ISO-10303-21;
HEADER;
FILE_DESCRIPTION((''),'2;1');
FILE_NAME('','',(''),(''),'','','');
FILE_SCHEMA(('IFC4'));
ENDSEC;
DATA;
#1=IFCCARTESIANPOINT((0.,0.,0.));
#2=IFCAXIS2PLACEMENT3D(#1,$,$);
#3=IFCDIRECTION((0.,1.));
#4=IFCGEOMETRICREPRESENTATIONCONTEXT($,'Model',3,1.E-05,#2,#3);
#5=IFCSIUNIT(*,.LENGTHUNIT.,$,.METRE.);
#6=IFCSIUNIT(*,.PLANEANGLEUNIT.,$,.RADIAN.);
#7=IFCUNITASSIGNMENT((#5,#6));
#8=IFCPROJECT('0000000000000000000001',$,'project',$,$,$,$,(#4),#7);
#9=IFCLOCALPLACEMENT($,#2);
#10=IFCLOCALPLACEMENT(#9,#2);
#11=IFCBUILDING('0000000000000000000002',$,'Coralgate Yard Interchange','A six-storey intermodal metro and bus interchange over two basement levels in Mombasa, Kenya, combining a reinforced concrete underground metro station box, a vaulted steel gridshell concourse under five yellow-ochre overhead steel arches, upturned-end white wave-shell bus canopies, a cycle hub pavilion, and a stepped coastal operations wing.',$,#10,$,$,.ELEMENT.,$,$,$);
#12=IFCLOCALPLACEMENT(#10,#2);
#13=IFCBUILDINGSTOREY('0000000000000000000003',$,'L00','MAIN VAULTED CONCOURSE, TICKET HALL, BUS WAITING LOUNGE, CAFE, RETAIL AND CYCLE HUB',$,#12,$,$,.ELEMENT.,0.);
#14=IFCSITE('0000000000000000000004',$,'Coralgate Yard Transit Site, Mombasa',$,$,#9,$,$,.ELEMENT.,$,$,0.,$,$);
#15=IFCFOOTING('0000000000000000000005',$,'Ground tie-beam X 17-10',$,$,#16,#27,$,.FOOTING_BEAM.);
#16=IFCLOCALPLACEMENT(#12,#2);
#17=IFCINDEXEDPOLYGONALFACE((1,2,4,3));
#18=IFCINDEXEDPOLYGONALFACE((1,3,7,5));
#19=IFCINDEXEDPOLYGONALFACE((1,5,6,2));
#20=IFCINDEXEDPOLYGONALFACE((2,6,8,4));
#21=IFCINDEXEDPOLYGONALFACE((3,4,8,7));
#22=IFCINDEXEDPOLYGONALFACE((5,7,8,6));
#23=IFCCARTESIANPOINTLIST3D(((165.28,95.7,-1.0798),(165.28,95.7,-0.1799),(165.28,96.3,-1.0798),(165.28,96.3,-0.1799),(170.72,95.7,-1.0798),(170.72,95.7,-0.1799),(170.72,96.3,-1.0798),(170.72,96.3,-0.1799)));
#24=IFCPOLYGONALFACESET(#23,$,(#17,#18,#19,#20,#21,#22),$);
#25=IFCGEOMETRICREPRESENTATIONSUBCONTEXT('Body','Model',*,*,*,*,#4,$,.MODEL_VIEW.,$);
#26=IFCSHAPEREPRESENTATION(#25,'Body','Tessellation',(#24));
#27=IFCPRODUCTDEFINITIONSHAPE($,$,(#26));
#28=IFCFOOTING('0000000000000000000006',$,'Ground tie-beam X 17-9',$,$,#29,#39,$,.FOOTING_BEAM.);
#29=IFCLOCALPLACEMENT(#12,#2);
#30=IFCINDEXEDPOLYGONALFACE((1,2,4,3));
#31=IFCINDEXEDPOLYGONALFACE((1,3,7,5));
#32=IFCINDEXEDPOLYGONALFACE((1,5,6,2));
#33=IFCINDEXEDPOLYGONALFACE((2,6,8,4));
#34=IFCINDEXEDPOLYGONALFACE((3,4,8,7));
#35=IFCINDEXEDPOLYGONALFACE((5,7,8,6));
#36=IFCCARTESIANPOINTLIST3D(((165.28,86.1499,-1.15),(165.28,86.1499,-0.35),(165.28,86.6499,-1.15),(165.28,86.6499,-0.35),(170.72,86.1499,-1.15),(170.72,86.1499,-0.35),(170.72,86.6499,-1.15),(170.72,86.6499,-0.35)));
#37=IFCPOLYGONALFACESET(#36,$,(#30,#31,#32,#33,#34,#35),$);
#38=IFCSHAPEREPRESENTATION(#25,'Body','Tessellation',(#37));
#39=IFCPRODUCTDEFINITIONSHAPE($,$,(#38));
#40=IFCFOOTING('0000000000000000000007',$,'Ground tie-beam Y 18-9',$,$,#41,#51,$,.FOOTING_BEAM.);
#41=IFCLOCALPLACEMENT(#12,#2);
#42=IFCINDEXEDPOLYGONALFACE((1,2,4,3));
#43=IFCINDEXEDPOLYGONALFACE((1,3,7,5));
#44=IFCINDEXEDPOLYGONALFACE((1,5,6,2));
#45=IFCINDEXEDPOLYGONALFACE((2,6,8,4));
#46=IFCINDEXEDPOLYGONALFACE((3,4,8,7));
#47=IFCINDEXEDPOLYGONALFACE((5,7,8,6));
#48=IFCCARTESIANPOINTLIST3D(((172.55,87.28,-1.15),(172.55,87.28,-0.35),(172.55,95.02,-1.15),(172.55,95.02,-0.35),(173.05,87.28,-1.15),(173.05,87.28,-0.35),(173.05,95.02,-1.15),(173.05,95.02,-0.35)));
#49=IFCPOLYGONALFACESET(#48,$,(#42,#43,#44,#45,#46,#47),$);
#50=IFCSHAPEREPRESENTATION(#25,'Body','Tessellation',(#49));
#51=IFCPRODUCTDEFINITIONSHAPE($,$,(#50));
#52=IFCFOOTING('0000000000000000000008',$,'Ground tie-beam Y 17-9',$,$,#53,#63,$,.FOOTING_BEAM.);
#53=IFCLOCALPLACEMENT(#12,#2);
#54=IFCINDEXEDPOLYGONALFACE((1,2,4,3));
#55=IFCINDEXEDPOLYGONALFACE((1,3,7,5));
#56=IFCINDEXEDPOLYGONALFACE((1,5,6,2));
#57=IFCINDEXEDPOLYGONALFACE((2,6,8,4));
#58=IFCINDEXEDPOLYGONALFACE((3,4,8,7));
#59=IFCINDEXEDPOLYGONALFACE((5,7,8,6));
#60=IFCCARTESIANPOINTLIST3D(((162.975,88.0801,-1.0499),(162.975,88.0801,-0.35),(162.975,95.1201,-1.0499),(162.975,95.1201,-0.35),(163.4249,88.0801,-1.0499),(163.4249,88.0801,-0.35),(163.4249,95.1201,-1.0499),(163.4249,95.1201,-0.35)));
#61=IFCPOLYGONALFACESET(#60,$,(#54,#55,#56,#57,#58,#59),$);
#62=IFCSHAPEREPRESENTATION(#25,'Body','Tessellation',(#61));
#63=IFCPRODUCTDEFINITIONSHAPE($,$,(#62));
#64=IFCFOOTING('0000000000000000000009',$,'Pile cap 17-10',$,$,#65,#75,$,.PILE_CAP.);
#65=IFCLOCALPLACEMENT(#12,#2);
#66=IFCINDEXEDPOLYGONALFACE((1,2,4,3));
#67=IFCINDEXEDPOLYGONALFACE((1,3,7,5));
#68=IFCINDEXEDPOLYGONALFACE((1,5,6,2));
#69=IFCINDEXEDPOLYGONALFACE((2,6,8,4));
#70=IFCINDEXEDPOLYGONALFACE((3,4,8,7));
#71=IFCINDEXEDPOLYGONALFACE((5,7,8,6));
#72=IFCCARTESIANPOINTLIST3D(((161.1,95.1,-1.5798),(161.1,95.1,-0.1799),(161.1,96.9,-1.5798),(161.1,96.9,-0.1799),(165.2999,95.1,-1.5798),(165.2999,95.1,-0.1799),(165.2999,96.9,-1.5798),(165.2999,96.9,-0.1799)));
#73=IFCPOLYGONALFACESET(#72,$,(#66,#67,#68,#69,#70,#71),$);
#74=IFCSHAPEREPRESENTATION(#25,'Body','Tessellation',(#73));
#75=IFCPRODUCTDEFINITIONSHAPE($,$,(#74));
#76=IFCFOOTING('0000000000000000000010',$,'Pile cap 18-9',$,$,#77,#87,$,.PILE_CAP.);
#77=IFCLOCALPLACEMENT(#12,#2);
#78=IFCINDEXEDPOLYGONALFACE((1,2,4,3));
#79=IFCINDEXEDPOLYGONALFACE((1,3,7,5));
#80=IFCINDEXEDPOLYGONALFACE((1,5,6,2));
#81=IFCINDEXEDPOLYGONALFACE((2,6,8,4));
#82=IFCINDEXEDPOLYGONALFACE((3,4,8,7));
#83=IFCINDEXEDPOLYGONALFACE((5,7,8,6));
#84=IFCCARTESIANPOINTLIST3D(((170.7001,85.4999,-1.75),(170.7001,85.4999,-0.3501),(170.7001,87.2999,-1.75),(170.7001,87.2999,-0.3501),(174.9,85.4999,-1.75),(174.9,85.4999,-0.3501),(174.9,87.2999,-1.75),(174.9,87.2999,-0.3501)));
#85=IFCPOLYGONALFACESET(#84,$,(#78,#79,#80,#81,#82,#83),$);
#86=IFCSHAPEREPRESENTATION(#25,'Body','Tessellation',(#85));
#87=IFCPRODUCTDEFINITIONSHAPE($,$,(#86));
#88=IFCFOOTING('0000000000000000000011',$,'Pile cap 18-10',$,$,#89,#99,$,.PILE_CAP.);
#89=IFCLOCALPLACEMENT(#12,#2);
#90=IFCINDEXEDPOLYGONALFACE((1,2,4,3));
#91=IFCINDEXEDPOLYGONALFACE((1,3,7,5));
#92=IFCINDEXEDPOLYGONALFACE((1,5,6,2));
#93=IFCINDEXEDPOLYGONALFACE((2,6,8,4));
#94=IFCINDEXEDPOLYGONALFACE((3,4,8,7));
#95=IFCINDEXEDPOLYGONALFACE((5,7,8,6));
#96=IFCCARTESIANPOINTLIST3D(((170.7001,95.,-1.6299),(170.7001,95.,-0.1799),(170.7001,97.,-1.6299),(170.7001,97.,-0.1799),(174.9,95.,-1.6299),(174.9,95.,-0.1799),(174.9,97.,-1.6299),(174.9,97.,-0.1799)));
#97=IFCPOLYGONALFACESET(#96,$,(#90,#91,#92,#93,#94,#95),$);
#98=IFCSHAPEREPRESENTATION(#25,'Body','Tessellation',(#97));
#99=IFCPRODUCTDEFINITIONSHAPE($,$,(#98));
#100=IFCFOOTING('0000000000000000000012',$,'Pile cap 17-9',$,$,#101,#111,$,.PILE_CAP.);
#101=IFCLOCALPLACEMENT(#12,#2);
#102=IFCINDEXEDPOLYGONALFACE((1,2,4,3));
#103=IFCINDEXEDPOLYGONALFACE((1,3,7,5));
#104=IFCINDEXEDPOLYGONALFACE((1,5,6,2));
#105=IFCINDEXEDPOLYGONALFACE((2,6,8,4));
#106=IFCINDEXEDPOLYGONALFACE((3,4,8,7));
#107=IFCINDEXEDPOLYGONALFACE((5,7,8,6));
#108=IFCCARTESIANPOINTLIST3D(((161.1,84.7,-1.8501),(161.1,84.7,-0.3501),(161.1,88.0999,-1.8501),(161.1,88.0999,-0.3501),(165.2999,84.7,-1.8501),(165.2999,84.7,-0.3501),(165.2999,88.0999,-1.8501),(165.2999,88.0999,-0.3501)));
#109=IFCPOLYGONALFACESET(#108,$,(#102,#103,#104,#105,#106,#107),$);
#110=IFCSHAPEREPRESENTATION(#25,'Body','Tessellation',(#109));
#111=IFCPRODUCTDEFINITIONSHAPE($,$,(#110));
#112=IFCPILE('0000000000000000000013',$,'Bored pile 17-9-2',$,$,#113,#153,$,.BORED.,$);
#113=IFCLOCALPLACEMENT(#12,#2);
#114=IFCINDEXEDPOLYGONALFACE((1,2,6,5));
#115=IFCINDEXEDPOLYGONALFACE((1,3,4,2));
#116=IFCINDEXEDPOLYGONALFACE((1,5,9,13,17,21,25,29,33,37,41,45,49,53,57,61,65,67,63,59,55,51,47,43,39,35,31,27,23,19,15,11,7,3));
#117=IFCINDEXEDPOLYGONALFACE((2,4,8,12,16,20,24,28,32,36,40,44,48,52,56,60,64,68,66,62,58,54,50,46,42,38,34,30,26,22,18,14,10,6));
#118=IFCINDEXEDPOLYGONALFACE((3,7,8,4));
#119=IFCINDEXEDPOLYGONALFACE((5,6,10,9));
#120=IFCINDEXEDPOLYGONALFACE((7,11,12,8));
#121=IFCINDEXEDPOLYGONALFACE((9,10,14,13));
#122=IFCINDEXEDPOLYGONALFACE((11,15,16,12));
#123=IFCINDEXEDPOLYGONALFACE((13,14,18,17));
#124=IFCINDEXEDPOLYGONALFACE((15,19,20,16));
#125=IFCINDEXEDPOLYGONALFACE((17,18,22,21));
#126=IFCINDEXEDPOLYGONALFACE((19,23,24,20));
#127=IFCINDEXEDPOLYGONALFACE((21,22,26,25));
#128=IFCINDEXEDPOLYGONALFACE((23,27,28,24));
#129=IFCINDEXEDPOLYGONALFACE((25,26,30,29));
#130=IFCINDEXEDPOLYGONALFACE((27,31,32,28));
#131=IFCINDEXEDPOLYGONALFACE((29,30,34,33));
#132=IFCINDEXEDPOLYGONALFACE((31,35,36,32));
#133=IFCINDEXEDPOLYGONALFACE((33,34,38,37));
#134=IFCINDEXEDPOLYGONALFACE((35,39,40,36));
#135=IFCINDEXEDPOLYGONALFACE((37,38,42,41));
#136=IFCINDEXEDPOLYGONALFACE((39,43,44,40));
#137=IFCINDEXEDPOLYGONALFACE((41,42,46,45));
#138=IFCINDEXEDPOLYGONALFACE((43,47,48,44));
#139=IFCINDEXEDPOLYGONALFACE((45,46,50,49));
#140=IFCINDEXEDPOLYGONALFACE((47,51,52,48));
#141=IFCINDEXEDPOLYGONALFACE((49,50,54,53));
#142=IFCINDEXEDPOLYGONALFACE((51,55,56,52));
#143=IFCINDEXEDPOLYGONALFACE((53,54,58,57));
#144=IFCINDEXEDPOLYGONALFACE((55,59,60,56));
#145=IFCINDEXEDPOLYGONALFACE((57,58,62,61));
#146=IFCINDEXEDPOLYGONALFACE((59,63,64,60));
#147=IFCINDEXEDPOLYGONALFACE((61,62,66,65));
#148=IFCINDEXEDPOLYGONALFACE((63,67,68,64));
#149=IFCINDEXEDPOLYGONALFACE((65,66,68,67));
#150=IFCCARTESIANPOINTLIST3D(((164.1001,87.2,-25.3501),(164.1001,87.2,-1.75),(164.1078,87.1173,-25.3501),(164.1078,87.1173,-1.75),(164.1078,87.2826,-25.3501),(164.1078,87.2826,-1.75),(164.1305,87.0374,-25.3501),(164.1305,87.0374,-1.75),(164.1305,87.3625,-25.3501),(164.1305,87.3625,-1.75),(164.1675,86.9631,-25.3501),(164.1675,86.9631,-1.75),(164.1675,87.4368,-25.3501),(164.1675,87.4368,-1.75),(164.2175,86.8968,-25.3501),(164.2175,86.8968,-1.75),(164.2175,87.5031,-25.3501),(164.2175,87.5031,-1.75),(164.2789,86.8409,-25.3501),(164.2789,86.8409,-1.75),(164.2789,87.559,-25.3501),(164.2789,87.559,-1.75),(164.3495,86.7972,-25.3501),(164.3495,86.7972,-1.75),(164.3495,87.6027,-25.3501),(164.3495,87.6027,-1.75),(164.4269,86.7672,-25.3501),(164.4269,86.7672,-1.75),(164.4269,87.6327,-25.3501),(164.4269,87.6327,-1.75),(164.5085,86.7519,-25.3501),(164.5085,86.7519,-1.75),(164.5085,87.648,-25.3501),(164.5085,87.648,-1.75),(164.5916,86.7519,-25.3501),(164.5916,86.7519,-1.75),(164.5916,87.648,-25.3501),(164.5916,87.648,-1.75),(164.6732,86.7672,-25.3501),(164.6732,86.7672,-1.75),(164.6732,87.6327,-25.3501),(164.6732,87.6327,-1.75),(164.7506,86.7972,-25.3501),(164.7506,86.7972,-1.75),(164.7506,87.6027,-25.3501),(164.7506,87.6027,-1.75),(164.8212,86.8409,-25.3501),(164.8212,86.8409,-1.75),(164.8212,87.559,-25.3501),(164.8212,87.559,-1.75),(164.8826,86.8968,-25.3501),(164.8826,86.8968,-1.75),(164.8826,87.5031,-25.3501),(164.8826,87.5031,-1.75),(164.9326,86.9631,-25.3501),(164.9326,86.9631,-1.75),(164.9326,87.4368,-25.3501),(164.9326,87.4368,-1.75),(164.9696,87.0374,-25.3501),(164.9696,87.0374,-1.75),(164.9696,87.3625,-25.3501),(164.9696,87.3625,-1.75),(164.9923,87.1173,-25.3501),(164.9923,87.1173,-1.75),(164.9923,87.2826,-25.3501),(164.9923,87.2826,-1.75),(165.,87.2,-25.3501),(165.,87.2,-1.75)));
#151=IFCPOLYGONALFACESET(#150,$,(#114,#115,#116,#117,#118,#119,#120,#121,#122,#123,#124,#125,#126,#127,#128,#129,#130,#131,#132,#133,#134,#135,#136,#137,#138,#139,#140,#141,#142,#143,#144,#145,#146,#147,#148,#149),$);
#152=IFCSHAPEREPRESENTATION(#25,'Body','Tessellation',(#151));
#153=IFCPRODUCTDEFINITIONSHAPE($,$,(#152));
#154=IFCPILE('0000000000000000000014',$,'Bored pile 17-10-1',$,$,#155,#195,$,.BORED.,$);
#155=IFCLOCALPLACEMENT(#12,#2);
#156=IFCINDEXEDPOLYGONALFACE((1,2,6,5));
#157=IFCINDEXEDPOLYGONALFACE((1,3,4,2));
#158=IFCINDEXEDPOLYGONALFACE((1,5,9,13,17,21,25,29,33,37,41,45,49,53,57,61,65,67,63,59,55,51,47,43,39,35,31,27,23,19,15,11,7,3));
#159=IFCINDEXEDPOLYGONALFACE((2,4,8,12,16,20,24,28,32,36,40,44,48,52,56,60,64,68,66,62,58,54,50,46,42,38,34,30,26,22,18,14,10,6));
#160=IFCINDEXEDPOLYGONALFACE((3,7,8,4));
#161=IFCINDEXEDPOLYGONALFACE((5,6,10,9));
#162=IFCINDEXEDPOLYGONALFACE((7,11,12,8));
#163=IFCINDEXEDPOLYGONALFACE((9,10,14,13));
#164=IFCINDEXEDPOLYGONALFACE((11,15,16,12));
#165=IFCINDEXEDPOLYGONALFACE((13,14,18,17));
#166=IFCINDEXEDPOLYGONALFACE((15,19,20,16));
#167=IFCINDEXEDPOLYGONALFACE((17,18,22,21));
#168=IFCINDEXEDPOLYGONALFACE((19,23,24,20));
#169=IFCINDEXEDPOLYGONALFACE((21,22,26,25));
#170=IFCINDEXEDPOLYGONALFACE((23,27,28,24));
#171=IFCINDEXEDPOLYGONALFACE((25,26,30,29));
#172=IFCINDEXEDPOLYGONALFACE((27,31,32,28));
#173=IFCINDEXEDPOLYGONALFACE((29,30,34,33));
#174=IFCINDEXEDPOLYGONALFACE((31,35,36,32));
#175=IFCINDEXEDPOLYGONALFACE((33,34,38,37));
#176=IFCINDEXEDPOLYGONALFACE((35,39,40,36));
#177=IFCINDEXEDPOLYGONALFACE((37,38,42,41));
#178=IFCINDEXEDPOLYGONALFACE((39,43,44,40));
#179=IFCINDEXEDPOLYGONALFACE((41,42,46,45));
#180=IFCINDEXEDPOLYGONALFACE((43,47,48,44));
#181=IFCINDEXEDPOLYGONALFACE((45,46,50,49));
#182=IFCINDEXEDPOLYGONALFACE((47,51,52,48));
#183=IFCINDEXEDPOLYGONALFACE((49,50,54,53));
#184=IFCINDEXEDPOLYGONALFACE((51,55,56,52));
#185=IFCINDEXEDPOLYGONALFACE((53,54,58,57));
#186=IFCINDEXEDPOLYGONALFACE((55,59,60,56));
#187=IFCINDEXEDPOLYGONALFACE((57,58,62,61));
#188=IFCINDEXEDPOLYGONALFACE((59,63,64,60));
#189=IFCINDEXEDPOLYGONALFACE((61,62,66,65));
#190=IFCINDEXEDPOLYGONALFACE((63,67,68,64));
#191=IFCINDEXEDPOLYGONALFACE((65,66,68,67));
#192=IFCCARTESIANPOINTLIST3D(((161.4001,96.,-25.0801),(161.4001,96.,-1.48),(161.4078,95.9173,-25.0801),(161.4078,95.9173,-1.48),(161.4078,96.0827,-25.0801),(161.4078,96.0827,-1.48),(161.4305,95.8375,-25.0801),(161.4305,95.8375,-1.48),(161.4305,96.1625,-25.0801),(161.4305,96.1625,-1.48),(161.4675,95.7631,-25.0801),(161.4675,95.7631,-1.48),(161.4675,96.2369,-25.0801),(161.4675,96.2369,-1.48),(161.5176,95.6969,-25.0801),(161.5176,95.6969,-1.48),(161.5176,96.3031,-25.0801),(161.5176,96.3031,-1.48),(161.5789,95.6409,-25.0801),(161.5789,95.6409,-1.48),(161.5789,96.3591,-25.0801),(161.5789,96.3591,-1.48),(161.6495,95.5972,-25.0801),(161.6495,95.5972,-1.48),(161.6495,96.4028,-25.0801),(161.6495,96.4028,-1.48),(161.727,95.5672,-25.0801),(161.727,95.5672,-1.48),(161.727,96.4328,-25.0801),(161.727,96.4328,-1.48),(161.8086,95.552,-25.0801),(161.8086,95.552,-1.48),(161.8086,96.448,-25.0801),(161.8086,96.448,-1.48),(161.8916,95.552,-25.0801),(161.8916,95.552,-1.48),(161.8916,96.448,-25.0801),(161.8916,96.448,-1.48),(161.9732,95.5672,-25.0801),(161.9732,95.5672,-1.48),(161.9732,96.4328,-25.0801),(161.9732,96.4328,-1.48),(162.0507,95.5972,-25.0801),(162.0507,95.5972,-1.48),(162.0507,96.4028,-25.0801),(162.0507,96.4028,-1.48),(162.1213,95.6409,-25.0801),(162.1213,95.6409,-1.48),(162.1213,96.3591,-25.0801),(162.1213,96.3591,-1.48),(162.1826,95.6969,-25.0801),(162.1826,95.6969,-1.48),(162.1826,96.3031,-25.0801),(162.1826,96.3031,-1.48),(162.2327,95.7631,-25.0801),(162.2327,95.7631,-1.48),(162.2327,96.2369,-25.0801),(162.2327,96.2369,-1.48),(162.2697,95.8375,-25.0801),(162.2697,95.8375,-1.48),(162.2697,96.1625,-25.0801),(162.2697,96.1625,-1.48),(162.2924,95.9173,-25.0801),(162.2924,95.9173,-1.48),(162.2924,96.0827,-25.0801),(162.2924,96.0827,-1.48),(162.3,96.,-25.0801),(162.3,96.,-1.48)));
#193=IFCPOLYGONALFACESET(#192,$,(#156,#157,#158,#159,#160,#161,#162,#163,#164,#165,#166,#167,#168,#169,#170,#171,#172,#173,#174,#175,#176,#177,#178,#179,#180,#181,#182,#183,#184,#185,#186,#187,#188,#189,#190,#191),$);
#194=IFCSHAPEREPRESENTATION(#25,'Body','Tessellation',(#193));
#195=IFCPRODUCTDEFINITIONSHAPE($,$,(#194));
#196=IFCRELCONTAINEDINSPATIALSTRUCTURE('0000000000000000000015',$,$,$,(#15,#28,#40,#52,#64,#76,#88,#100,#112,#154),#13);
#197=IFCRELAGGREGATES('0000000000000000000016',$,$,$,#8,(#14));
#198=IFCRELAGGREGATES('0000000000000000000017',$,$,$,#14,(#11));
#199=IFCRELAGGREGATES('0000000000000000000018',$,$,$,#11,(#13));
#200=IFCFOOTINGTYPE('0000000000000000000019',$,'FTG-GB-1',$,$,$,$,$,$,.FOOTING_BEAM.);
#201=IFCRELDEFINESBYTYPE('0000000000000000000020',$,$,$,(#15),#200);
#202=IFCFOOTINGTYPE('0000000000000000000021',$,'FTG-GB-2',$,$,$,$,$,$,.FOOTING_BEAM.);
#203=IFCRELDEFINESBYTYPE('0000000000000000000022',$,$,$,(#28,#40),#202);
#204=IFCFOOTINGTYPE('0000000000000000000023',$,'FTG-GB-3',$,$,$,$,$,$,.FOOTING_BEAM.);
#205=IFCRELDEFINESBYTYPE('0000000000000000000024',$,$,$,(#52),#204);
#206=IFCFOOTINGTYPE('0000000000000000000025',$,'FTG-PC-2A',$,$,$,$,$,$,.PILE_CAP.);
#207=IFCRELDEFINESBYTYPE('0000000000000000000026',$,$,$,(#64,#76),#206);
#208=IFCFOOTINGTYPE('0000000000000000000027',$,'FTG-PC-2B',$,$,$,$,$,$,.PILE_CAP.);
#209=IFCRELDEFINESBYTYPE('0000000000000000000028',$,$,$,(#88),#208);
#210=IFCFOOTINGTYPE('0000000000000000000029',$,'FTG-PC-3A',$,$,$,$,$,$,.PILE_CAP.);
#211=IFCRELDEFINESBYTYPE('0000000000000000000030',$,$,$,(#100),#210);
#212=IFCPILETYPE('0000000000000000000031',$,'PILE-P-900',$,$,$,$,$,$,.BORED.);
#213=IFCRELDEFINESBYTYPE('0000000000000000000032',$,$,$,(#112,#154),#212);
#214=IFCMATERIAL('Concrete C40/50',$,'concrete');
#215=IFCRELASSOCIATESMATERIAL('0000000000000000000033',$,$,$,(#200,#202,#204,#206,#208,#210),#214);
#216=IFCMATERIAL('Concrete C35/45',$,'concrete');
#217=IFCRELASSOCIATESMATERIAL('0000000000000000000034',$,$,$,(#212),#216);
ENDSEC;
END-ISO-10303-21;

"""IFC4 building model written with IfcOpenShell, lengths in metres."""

from ifc_helpers import new_model, si_unit, direction, frame, origin, origin_2d, place, context, subcontext, project, spatial, rectangle, circle, extrude, material, material_profile, profile_set, type_object, element, save


model = new_model("IFC4")

# Units and contexts
model_context = context("Model", 3, precision=1e-05, world=origin(), true_north=direction((0.0, 1.0)))
body_context = subcontext(model_context, "Body", "Model", "MODEL_VIEW")
ifc_project = project(units=[si_unit("LENGTHUNIT", "METRE"), si_unit("PLANEANGLEUNIT", "RADIAN")], contexts=[model_context])

# Site, building, storey
site_placement = place(None, origin())
site = spatial("IfcSite", under=ifc_project, at=site_placement, Name="Coralgate Yard Transit Site, Mombasa", CompositionType="ELEMENT", RefElevation=0.0)
building_placement = place(site_placement, origin())
building = spatial("IfcBuilding", under=site, at=building_placement, Name="Coralgate Yard Interchange", Description="A six-storey intermodal metro and bus interchange over two basement levels in Mombasa, Kenya, combining a reinforced concrete underground metro station box, a vaulted steel gridshell concourse under five yellow-ochre overhead steel arches, upturned-end white wave-shell bus canopies, a cycle hub pavilion, and a stepped coastal operations wing.", CompositionType="ELEMENT")
storey_placement = place(building_placement, origin())
storey = spatial("IfcBuildingStorey", under=building, at=storey_placement, Name="L00", Description="MAIN VAULTED CONCOURSE, TICKET HALL, BUS WAITING LOUNGE, CAFE, RETAIL AND CYCLE HUB", CompositionType="ELEMENT", Elevation=0.0)

# Footings
ifc_material_1 = material(Name="Concrete C40/50", Category="concrete")
ifc_material_profile_1 = material_profile(ifc_material_1, rectangle(XDim=0.6001, YDim=0.8999, at=origin_2d()), Name="RC 600x900")
ifc_profile_set_1 = profile_set([ifc_material_profile_1], Name="Concrete C40/50")
footing_type_1 = type_object("IfcFootingType", Name="FTG-GB-1", PredefinedType="FOOTING_BEAM", material=ifc_profile_set_1)
footing_1_placement = place(storey_placement, frame((165.28, 96.0, -0.6299), z_axis=(1.0, 0.0, 0.0), x_axis=(0.0, 1.0, 0.0)))
element("IfcFooting", 1, at=footing_1_placement, inside=storey, type_object=footing_type_1, Name="Ground tie-beam X 17-10", PredefinedType="FOOTING_BEAM", context=body_context, shape_type="SweptSolid", body=[
    extrude(rectangle(XDim=0.6001, YDim=0.8999, at=origin_2d()), origin(), (0.0, 0.0, 1.0), 5.4399),
])
ifc_material_profile_2 = material_profile(ifc_material_1, rectangle(XDim=0.5, YDim=0.8, at=origin_2d()), Name="RC 500x800")
ifc_profile_set_2 = profile_set([ifc_material_profile_2], Name="Concrete C40/50")
footing_type_2 = type_object("IfcFootingType", Name="FTG-GB-2", PredefinedType="FOOTING_BEAM", material=ifc_profile_set_2)
footing_2_placement = place(storey_placement, frame((165.28, 86.3999, -0.75), z_axis=(1.0, 0.0, 0.0), x_axis=(0.0, 1.0, 0.0)))
element("IfcFooting", 2, at=footing_2_placement, inside=storey, type_object=footing_type_2, Name="Ground tie-beam X 17-9", PredefinedType="FOOTING_BEAM", context=body_context, shape_type="SweptSolid", body=[
    extrude(rectangle(XDim=0.5, YDim=0.8, at=origin_2d()), origin(), (0.0, 0.0, 1.0), 5.4399),
])
footing_3_placement = place(storey_placement, frame((172.8, 87.28, -0.75), z_axis=(0.0, 1.0, 0.0), x_axis=(-1.0, 0.0, 0.0)))
element("IfcFooting", 3, at=footing_3_placement, inside=storey, type_object=footing_type_2, Name="Ground tie-beam Y 18-9", PredefinedType="FOOTING_BEAM", context=body_context, shape_type="SweptSolid", body=[
    extrude(rectangle(XDim=0.5, YDim=0.8, at=origin_2d()), origin(), (0.0, 0.0, 1.0), 7.74),
])
ifc_material_profile_3 = material_profile(ifc_material_1, rectangle(XDim=0.45, YDim=0.7, at=origin_2d()), Name="RC 450x700")
ifc_profile_set_3 = profile_set([ifc_material_profile_3], Name="Concrete C40/50")
footing_type_3 = type_object("IfcFootingType", Name="FTG-GB-3", PredefinedType="FOOTING_BEAM", material=ifc_profile_set_3)
footing_4_placement = place(storey_placement, frame((163.2, 88.0801, -0.7), z_axis=(0.0, 1.0, 0.0), x_axis=(-1.0, 0.0, 0.0)))
element("IfcFooting", 4, at=footing_4_placement, inside=storey, type_object=footing_type_3, Name="Ground tie-beam Y 17-9", PredefinedType="FOOTING_BEAM", context=body_context, shape_type="SweptSolid", body=[
    extrude(rectangle(XDim=0.45, YDim=0.7, at=origin_2d()), origin(), (0.0, 0.0, 1.0), 7.04),
])
footing_type_4 = type_object("IfcFootingType", Name="FTG-PC-2A", PredefinedType="PILE_CAP", material=ifc_material_1)
for number, where, z_axis, x_axis, name in (
    (5, (163.2, 96.0, -1.5798), (0.0, 0.0, 1.0), (1.0, 0.0, 0.0), "Pile cap 17-10"),
    (6, (172.8, 86.3999, -1.75), (0.0, 0.0, 1.0), (1.0, 0.0, 0.0), "Pile cap 18-9"),
):
    element("IfcFooting", number, at=place(storey_placement, frame(where, z_axis=z_axis, x_axis=x_axis)), inside=storey, type_object=footing_type_4, Name=name, PredefinedType="PILE_CAP", context=body_context, shape_type="SweptSolid", body=[
        extrude(rectangle(XDim=4.2, YDim=1.8, at=origin_2d()), origin(), (0.0, 0.0, 1.0), 1.3999),
    ])
footing_type_5 = type_object("IfcFootingType", Name="FTG-PC-2B", PredefinedType="PILE_CAP", material=ifc_material_1)
footing_5_placement = place(storey_placement, frame((172.8, 96.0, -1.6299), z_axis=(0.0, 0.0, 1.0), x_axis=(1.0, 0.0, 0.0)))
element("IfcFooting", 7, at=footing_5_placement, inside=storey, type_object=footing_type_5, Name="Pile cap 18-10", PredefinedType="PILE_CAP", context=body_context, shape_type="SweptSolid", body=[
    extrude(rectangle(XDim=4.2, YDim=2.0, at=origin_2d()), origin(), (0.0, 0.0, 1.0), 1.45),
])
footing_type_6 = type_object("IfcFootingType", Name="FTG-PC-3A", PredefinedType="PILE_CAP", material=ifc_material_1)
footing_6_placement = place(storey_placement, frame((163.2, 86.3999, -1.8501), z_axis=(0.0, 0.0, 1.0), x_axis=(1.0, 0.0, 0.0)))
element("IfcFooting", 8, at=footing_6_placement, inside=storey, type_object=footing_type_6, Name="Pile cap 17-9", PredefinedType="PILE_CAP", context=body_context, shape_type="SweptSolid", body=[
    extrude(rectangle(XDim=4.2, YDim=3.3999, at=origin_2d()), origin(), (0.0, 0.0, 1.0), 1.5),
])

# Piles
ifc_material_2 = material(Name="Concrete C35/45", Category="concrete")
ifc_material_profile_4 = material_profile(ifc_material_2, circle(Radius=0.45, at=origin_2d()), Name="BORED PILE D900")
ifc_profile_set_4 = profile_set([ifc_material_profile_4], Name="Concrete C35/45")
pile_type = type_object("IfcPileType", Name="PILE-P-900", PredefinedType="BORED", material=ifc_profile_set_4)
for number, where, z_axis, x_axis, name in (
    (9, (164.55, 87.2, -1.75), (0.0, 0.0, -1.0), (1.0, 0.0, 0.0), "Bored pile 17-9-2"),
    (10, (161.8501, 96.0, -1.48), (0.0, 0.0, -1.0), (1.0, 0.0, 0.0), "Bored pile 17-10-1"),
):
    element("IfcPile", number, at=place(storey_placement, frame(where, z_axis=z_axis, x_axis=x_axis)), inside=storey, type_object=pile_type, Name=name, PredefinedType="BORED", context=body_context, shape_type="SweptSolid", body=[
        extrude(circle(Radius=0.45, at=origin_2d()), origin(), (0.0, 0.0, 1.0), 23.6001),
    ])

save(model, "model.ifc")
